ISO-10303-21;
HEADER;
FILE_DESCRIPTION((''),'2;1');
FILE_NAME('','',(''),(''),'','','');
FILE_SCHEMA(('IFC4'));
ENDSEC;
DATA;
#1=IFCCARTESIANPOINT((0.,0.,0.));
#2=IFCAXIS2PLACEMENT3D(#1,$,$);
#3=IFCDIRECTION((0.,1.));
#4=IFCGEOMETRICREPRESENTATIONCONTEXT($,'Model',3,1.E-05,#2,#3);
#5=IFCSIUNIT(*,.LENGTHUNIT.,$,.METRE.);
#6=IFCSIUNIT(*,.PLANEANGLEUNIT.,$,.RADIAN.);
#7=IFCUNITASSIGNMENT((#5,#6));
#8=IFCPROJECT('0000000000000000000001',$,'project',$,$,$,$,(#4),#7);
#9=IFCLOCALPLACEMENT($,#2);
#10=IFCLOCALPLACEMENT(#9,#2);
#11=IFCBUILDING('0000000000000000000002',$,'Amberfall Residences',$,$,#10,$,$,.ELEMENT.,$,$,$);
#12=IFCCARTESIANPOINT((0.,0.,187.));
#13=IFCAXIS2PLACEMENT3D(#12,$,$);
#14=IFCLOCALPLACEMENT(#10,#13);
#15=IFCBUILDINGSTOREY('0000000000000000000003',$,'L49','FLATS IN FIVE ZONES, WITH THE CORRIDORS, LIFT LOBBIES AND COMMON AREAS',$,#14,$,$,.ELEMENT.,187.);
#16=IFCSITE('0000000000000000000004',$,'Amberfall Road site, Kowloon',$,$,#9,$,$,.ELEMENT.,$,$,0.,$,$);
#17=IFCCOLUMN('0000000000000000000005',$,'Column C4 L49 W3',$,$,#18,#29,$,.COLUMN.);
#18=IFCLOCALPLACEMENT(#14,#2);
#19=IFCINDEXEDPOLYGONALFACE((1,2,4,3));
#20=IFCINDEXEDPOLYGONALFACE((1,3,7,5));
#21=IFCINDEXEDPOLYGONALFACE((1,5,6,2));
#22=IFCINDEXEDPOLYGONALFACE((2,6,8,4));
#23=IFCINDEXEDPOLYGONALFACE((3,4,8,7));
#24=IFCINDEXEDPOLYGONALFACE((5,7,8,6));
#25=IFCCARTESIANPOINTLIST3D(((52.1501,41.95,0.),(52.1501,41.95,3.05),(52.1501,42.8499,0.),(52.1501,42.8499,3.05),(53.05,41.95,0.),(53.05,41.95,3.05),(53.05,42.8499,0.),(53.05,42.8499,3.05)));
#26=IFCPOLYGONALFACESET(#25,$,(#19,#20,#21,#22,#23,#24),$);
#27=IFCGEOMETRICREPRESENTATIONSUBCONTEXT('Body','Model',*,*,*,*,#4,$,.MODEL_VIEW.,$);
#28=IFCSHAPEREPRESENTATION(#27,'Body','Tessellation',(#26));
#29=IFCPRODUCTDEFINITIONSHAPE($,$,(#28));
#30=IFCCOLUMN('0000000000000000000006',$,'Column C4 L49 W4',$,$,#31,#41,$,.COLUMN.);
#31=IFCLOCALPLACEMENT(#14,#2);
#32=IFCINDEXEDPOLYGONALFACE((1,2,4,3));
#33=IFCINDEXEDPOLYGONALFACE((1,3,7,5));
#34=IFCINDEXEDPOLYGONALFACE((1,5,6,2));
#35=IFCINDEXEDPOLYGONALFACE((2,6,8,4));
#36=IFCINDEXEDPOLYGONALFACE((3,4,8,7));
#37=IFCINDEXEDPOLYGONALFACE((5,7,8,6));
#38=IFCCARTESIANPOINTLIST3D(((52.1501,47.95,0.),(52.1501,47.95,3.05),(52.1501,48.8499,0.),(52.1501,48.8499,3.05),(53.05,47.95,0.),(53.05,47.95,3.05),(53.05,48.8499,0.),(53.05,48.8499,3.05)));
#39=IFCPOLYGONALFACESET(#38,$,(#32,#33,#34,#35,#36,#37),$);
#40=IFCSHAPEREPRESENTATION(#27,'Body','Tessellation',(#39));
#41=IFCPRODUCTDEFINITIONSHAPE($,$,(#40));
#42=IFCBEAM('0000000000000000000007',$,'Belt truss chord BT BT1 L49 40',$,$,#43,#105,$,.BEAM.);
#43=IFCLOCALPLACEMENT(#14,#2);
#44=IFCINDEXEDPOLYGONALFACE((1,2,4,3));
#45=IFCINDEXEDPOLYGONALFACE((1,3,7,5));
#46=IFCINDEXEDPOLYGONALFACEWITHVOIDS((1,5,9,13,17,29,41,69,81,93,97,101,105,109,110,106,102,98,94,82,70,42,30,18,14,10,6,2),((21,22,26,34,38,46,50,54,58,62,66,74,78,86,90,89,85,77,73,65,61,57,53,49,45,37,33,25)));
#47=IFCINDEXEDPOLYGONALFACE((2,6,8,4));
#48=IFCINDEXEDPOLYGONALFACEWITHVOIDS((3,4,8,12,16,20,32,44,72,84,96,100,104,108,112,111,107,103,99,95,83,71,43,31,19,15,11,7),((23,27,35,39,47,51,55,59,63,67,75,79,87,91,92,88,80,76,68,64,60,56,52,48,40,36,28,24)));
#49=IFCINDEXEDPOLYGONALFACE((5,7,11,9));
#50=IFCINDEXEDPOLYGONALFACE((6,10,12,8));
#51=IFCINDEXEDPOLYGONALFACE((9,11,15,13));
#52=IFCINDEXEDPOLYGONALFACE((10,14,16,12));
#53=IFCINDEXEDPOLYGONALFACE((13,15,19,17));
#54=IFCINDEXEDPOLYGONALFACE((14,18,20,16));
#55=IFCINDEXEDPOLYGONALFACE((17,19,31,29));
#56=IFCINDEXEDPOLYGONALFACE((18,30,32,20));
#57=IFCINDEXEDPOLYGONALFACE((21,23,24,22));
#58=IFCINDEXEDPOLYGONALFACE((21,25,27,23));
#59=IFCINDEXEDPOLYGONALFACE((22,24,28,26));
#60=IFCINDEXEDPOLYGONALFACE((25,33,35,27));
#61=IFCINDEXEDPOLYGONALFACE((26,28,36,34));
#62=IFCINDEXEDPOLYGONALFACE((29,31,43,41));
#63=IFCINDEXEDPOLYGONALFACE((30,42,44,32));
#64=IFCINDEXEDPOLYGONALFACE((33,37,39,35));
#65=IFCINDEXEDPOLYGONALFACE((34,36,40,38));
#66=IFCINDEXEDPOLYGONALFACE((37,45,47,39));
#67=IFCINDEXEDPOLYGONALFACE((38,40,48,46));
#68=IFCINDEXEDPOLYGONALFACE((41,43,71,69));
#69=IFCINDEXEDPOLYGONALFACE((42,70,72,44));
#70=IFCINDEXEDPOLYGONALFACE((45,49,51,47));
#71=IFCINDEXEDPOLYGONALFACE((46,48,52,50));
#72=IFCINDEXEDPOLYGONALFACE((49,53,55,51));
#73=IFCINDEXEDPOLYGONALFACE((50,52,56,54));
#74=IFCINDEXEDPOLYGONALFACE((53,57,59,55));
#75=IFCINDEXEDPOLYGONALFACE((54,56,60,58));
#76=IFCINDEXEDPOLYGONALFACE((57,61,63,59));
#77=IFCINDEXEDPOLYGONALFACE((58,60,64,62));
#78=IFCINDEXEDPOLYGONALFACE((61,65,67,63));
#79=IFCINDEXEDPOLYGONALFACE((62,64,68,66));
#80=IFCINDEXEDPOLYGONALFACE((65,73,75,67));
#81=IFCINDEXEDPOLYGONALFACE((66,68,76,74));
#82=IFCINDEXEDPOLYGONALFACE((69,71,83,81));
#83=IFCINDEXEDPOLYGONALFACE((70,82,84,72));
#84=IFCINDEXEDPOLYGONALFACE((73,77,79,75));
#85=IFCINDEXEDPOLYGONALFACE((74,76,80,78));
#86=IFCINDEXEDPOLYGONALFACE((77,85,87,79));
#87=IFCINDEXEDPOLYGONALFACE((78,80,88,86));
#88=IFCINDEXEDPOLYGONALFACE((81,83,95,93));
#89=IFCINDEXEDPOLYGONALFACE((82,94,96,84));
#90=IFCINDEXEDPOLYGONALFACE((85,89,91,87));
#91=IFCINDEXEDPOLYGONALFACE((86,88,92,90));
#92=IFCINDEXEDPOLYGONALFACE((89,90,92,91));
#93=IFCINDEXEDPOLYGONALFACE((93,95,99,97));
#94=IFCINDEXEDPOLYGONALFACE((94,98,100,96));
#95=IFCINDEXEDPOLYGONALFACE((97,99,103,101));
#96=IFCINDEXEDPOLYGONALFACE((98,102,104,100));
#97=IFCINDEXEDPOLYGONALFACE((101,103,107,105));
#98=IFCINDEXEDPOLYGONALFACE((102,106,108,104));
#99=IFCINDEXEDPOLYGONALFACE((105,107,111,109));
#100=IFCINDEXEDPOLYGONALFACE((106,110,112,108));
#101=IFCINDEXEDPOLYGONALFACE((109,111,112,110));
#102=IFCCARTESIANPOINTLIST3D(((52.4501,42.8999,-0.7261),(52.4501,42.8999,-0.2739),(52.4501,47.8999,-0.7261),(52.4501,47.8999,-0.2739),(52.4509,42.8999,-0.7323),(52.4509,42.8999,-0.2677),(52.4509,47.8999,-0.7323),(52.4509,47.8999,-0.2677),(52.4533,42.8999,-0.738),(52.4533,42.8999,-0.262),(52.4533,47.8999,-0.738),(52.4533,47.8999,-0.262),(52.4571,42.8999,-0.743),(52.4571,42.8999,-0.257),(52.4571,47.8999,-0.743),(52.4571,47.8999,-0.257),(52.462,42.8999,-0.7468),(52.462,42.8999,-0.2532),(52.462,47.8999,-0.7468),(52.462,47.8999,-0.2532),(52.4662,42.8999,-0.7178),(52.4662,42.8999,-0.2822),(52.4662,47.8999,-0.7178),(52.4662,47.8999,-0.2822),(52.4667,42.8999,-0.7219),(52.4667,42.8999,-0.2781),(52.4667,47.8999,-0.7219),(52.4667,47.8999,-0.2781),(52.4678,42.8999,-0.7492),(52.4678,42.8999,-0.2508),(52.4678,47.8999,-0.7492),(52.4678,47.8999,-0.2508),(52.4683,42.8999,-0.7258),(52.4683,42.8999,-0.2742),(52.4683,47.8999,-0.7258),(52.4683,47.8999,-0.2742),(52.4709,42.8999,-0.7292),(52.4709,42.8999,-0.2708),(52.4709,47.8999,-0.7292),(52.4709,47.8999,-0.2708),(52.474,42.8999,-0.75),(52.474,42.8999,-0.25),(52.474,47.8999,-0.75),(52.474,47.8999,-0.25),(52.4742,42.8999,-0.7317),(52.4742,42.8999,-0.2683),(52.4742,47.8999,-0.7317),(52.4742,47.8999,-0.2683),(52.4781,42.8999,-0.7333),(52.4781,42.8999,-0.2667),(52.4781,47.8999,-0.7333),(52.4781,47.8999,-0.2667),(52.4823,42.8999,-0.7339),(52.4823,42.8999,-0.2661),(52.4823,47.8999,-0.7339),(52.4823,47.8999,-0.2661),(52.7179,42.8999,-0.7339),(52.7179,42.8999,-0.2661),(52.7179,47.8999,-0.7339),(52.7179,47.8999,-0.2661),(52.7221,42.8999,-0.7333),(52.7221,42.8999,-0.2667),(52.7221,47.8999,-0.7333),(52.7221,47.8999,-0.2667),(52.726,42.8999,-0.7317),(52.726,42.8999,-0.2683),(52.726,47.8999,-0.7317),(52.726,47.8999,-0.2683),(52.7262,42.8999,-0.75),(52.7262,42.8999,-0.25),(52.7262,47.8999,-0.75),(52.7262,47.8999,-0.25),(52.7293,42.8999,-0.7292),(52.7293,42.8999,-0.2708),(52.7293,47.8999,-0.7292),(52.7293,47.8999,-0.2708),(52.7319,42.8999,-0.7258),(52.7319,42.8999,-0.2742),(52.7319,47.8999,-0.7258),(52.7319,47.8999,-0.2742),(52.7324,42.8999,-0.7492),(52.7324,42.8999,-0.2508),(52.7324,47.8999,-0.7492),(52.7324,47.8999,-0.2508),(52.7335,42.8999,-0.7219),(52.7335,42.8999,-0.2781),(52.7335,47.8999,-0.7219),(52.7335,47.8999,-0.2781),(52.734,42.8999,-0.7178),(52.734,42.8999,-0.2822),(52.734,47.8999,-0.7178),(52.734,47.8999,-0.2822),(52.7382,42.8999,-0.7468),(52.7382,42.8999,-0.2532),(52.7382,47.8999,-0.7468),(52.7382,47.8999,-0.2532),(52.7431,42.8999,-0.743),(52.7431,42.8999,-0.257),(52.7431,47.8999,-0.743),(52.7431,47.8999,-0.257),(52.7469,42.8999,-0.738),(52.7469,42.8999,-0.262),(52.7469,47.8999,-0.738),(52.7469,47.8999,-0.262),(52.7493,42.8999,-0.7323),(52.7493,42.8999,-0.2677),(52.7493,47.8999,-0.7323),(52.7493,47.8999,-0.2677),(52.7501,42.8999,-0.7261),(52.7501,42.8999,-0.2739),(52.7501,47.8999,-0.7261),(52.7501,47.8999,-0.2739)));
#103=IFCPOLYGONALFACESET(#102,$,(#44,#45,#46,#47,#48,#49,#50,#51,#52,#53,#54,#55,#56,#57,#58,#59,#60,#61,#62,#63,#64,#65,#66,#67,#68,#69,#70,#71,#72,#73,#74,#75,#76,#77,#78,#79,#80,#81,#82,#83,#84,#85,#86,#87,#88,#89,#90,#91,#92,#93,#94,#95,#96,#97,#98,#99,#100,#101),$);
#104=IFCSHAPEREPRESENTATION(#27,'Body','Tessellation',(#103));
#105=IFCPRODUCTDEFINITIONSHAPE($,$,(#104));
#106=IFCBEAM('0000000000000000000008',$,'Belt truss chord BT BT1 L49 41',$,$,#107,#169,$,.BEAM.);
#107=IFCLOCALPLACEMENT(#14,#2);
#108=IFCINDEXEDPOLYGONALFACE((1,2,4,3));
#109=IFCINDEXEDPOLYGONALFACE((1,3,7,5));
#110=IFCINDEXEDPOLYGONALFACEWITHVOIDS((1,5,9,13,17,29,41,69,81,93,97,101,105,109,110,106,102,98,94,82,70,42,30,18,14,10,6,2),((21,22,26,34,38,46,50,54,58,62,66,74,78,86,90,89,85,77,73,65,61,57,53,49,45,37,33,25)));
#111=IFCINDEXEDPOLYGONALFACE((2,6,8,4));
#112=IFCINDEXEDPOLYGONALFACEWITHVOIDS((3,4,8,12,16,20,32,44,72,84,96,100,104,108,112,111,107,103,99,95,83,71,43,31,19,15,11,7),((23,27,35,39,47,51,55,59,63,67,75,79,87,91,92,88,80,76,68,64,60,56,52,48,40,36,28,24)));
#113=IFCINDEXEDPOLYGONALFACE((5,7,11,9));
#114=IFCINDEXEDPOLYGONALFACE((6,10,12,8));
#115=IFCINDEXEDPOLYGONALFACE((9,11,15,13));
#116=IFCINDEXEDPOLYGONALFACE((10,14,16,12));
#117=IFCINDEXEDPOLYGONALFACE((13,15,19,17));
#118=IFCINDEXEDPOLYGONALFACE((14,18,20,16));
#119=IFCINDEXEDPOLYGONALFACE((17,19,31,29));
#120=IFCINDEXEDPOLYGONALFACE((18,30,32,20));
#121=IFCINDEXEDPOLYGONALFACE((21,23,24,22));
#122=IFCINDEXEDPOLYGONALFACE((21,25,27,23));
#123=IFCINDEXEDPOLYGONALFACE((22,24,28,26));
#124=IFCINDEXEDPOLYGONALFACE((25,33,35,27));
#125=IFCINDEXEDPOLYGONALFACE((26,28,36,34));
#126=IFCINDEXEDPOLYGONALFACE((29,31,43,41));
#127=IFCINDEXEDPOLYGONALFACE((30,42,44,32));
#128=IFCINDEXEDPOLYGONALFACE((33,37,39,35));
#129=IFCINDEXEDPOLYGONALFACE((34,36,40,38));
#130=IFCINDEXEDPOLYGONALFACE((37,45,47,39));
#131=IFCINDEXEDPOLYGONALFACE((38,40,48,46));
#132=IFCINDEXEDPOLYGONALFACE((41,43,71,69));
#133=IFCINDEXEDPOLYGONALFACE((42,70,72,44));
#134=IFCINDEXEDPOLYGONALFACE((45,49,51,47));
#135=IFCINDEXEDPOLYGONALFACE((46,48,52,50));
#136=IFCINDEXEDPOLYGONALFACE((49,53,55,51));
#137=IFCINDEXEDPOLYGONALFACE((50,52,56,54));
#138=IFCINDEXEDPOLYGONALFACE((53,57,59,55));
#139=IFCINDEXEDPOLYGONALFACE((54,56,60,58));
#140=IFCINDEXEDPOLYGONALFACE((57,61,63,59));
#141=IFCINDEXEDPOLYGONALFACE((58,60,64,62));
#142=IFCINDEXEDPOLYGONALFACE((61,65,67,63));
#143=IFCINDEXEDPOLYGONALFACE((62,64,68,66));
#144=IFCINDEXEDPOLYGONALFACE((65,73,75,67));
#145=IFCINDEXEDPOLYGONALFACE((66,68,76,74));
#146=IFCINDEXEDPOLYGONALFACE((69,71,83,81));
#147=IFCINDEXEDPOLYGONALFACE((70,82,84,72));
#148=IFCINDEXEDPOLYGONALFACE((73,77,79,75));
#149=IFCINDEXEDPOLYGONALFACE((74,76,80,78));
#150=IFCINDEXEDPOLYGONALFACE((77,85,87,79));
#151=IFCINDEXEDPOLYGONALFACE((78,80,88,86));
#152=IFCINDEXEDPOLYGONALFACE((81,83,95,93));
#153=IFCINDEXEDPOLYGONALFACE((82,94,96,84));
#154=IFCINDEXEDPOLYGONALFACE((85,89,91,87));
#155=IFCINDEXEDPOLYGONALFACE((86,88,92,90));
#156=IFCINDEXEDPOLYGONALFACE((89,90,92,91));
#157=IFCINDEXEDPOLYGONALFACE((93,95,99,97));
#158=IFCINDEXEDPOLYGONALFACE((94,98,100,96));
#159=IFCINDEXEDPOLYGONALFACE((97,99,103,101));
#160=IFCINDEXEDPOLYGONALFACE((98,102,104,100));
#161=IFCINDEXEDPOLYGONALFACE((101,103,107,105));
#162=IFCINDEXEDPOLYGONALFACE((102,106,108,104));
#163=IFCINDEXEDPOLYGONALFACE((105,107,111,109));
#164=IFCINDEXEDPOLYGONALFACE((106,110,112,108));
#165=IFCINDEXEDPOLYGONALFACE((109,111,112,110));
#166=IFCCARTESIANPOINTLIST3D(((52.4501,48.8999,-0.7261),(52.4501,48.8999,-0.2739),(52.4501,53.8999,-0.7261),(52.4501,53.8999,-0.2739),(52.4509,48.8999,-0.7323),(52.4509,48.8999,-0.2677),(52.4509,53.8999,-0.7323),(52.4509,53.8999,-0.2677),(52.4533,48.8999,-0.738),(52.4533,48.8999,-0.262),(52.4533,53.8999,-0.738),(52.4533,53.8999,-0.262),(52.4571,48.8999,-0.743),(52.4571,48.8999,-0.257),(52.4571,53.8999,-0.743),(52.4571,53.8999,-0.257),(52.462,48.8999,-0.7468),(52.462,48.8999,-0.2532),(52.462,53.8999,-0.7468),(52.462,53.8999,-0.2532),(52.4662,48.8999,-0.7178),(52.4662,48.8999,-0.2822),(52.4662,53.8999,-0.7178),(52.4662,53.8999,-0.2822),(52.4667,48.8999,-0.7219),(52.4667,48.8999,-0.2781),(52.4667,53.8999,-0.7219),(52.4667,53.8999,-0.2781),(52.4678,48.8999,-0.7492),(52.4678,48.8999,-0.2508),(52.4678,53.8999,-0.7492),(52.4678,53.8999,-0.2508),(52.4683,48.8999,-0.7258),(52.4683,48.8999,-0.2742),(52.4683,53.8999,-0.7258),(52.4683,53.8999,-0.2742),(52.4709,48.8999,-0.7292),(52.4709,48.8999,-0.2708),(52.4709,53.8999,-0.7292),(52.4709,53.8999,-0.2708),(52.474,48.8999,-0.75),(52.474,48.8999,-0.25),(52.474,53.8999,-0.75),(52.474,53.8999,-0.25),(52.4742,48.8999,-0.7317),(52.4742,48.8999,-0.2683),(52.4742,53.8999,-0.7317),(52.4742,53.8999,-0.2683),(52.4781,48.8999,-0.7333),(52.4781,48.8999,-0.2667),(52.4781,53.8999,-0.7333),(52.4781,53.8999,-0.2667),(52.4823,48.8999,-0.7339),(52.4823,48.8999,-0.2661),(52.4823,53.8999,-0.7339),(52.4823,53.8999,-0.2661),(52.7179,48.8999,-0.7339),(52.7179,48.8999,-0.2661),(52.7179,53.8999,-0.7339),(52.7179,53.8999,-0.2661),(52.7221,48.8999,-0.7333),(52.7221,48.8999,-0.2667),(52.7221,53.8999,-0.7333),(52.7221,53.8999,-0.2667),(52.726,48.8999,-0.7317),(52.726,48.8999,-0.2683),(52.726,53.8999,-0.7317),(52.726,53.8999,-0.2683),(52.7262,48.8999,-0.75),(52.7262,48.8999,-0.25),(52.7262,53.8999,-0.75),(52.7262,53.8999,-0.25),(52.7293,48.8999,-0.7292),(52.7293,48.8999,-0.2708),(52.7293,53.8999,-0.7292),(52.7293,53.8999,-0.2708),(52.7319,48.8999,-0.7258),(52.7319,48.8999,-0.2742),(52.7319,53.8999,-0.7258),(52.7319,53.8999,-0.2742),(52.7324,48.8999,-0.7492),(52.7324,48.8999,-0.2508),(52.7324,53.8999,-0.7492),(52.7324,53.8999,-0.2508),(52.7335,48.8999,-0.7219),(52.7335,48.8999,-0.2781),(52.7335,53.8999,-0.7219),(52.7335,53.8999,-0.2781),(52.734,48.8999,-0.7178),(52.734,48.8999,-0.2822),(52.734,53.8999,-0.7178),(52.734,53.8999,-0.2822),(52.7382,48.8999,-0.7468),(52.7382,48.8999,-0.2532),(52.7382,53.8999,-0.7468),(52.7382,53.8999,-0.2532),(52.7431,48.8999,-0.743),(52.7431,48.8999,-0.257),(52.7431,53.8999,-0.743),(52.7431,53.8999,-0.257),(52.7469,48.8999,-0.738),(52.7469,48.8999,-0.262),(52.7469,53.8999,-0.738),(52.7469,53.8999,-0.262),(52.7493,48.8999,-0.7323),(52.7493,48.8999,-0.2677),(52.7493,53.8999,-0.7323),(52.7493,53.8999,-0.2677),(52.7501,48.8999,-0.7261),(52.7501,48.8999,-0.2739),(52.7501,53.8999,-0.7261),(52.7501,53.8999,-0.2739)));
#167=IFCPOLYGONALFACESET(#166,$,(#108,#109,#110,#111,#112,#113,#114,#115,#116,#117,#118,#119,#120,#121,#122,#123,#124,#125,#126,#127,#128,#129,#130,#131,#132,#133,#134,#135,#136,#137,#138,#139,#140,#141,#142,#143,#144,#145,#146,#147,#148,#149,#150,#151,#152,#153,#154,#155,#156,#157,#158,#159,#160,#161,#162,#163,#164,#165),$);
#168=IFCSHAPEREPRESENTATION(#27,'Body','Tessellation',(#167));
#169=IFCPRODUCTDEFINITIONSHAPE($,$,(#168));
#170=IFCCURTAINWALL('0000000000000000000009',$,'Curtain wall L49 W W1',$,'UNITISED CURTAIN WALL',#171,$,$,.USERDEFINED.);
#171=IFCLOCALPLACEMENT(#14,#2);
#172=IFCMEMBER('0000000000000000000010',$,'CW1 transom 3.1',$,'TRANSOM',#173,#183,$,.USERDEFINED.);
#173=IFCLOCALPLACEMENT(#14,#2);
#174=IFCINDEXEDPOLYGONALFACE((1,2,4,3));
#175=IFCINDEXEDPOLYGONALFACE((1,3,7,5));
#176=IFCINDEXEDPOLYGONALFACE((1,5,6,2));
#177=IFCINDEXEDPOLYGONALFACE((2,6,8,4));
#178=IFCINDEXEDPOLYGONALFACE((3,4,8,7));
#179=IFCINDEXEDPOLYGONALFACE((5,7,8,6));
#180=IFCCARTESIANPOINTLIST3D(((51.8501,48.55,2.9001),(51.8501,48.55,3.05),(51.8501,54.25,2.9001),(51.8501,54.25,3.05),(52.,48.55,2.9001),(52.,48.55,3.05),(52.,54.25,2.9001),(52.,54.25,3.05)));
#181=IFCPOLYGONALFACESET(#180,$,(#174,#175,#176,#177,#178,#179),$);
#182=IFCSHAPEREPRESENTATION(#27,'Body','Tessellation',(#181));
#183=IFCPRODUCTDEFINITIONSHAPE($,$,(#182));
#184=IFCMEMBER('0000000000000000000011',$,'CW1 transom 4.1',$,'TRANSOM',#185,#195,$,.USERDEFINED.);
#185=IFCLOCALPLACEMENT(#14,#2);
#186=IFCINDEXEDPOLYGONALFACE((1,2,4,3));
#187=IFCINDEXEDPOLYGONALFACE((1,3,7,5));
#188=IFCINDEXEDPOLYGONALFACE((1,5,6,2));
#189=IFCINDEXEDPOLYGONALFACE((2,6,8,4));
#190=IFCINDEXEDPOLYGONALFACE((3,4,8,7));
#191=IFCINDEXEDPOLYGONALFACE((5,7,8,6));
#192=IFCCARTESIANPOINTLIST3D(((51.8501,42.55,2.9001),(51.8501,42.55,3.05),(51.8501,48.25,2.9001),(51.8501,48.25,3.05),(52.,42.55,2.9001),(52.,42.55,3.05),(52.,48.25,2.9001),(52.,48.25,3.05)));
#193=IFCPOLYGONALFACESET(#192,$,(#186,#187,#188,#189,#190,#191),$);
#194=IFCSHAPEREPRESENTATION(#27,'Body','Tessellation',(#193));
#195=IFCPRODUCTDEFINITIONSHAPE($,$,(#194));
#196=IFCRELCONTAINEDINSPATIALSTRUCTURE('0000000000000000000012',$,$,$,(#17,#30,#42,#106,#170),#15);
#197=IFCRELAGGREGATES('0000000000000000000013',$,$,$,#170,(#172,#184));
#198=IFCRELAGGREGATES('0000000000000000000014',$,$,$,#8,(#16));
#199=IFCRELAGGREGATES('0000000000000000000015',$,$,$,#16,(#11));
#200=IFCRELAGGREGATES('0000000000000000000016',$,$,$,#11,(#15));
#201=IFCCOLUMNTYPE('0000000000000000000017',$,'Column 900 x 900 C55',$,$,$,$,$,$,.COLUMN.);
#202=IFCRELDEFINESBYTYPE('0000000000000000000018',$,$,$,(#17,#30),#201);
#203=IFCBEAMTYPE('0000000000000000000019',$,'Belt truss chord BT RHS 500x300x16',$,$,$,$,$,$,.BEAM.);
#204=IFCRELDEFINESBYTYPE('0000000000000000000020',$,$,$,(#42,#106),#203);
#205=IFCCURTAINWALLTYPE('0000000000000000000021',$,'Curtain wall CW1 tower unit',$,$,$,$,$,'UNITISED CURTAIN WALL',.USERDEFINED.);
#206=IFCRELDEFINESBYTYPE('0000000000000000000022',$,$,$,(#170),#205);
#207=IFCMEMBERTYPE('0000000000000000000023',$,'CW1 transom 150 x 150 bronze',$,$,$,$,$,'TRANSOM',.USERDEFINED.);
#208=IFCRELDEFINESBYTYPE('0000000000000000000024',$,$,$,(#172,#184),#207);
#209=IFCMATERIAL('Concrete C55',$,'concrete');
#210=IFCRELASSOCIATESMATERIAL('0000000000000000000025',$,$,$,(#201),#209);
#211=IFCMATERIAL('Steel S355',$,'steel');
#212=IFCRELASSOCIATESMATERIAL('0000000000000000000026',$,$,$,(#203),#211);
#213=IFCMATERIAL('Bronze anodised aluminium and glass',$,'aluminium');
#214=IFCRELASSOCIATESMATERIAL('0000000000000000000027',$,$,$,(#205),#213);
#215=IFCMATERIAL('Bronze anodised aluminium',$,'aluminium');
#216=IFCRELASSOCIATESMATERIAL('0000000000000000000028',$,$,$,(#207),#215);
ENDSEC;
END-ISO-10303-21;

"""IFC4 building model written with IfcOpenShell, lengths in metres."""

from ifc_helpers import new_model, si_unit, direction, frame, origin, origin_2d, place, context, subcontext, project, spatial, rectangle, hollow_rectangle, extrude, material, material_profile, profile_set, type_object, element, aggregate, save


model = new_model("IFC4")

# Units and contexts
model_context = context("Model", 3, precision=1e-05, world=origin(), true_north=direction((0.0, 1.0)))
body_context = subcontext(model_context, "Body", "Model", "MODEL_VIEW")
ifc_project = project(units=[si_unit("LENGTHUNIT", "METRE"), si_unit("PLANEANGLEUNIT", "RADIAN")], contexts=[model_context])

# Site, building, storey
site_placement = place(None, origin())
site = spatial("IfcSite", under=ifc_project, at=site_placement, Name="Amberfall Road site, Kowloon", CompositionType="ELEMENT", RefElevation=0.0)
building_placement = place(site_placement, origin())
building = spatial("IfcBuilding", under=site, at=building_placement, Name="Amberfall Residences", CompositionType="ELEMENT")
storey_placement = place(building_placement, frame((0.0, 0.0, 187.0)))
storey = spatial("IfcBuildingStorey", under=building, at=storey_placement, Name="L49", Description="FLATS IN FIVE ZONES, WITH THE CORRIDORS, LIFT LOBBIES AND COMMON AREAS", CompositionType="ELEMENT", Elevation=187.0)

# Columns
ifc_material_1 = material(Name="Concrete C55", Category="concrete")
ifc_material_profile_1 = material_profile(ifc_material_1, rectangle(XDim=0.8999, YDim=0.8999, at=origin_2d()), Name="Column 900 x 900 C55")
ifc_profile_set_1 = profile_set([ifc_material_profile_1], Name="Concrete C55")
column_type = type_object("IfcColumnType", Name="Column 900 x 900 C55", PredefinedType="COLUMN", material=ifc_profile_set_1)
for number, where, z_axis, x_axis, name in (
    (1, (52.6001, 42.3999, 0.0), (0.0, 0.0, 1.0), (1.0, 0.0, 0.0), "Column C4 L49 W3"),
    (2, (52.6001, 48.3999, 0.0), (0.0, 0.0, 1.0), (1.0, 0.0, 0.0), "Column C4 L49 W4"),
):
    element("IfcColumn", number, at=place(storey_placement, frame(where, z_axis=z_axis, x_axis=x_axis)), inside=storey, type_object=column_type, Name=name, PredefinedType="COLUMN", context=body_context, shape_type="SweptSolid", body=[
        extrude(rectangle(XDim=0.8999, YDim=0.8999, at=origin_2d()), origin(), (0.0, 0.0, 1.0), 3.05),
    ])

# Beams
ifc_material_2 = material(Name="Steel S355", Category="steel")
ifc_material_profile_2 = material_profile(ifc_material_2, hollow_rectangle(XDim=0.3, YDim=0.5, WallThickness=0.0161, InnerFilletRadius=0.0161, OuterFilletRadius=0.0239, at=origin_2d()), Name="RHS 500x300x16")
ifc_profile_set_2 = profile_set([ifc_material_profile_2], Name="Steel S355")
beam_type_1 = type_object("IfcBeamType", Name="Belt truss chord BT RHS 500x300x16", PredefinedType="BEAM", material=ifc_profile_set_2)
for number, where, z_axis, x_axis, name in (
    (3, (52.6001, 42.8999, -0.5), (0.0, 1.0, 0.0), (-1.0, 0.0, 0.0), "Belt truss chord BT BT1 L49 40"),
    (4, (52.6001, 48.8999, -0.5), (0.0, 1.0, 0.0), (-1.0, 0.0, 0.0), "Belt truss chord BT BT1 L49 41"),
):
    element("IfcBeam", number, at=place(storey_placement, frame(where, z_axis=z_axis, x_axis=x_axis)), inside=storey, type_object=beam_type_1, Name=name, PredefinedType="BEAM", context=body_context, shape_type="SweptSolid", body=[
        extrude(hollow_rectangle(XDim=0.3, YDim=0.5, WallThickness=0.0161, InnerFilletRadius=0.0161, OuterFilletRadius=0.0239, at=origin_2d()), origin(), (0.0, 0.0, 1.0), 5.0),
    ])

# Curtain wall, members
ifc_material_3 = material(Name="Bronze anodised aluminium and glass", Category="aluminium")
curtain_wall_type = type_object("IfcCurtainWallType", Name="Curtain wall CW1 tower unit", ElementType="UNITISED CURTAIN WALL", PredefinedType="USERDEFINED", material=ifc_material_3)
curtain_wall_placement = place(storey_placement, origin())
curtain_wall = element("IfcCurtainWall", 5, at=curtain_wall_placement, inside=storey, type_object=curtain_wall_type, Name="Curtain wall L49 W W1", ObjectType="UNITISED CURTAIN WALL", PredefinedType="USERDEFINED")
ifc_material_4 = material(Name="Bronze anodised aluminium", Category="aluminium")
ifc_material_profile_3 = material_profile(ifc_material_4, rectangle(XDim=0.1499, YDim=0.1499, at=origin_2d()), Name="CW1 transom 150 x 150 bronze")
ifc_profile_set_3 = profile_set([ifc_material_profile_3], Name="Bronze anodised aluminium")
member_type_1 = type_object("IfcMemberType", Name="CW1 transom 150 x 150 bronze", ElementType="TRANSOM", PredefinedType="USERDEFINED", material=ifc_profile_set_3)
member_1_placement = place(storey_placement, frame((51.925, 54.25, 2.9751), z_axis=(0.0, -1.0, 0.0), x_axis=(1.0, 0.0, 0.0)))
member_1 = element("IfcMember", 6, at=member_1_placement, type_object=member_type_1, Name="CW1 transom 3.1", ObjectType="TRANSOM", PredefinedType="USERDEFINED", context=body_context, shape_type="SweptSolid", body=[
    extrude(rectangle(XDim=0.1499, YDim=0.1499, at=origin_2d()), origin(), (0.0, 0.0, 1.0), 5.7),
])
member_2_placement = place(storey_placement, frame((51.925, 48.25, 2.9751), z_axis=(0.0, -1.0, 0.0), x_axis=(1.0, 0.0, 0.0)))
member_2 = element("IfcMember", 7, at=member_2_placement, type_object=member_type_1, Name="CW1 transom 4.1", ObjectType="TRANSOM", PredefinedType="USERDEFINED", context=body_context, shape_type="SweptSolid", body=[
    extrude(rectangle(XDim=0.1499, YDim=0.1499, at=origin_2d()), origin(), (0.0, 0.0, 1.0), 5.7),
])

aggregate(curtain_wall, [member_1, member_2])

save(model, "model.ifc")
